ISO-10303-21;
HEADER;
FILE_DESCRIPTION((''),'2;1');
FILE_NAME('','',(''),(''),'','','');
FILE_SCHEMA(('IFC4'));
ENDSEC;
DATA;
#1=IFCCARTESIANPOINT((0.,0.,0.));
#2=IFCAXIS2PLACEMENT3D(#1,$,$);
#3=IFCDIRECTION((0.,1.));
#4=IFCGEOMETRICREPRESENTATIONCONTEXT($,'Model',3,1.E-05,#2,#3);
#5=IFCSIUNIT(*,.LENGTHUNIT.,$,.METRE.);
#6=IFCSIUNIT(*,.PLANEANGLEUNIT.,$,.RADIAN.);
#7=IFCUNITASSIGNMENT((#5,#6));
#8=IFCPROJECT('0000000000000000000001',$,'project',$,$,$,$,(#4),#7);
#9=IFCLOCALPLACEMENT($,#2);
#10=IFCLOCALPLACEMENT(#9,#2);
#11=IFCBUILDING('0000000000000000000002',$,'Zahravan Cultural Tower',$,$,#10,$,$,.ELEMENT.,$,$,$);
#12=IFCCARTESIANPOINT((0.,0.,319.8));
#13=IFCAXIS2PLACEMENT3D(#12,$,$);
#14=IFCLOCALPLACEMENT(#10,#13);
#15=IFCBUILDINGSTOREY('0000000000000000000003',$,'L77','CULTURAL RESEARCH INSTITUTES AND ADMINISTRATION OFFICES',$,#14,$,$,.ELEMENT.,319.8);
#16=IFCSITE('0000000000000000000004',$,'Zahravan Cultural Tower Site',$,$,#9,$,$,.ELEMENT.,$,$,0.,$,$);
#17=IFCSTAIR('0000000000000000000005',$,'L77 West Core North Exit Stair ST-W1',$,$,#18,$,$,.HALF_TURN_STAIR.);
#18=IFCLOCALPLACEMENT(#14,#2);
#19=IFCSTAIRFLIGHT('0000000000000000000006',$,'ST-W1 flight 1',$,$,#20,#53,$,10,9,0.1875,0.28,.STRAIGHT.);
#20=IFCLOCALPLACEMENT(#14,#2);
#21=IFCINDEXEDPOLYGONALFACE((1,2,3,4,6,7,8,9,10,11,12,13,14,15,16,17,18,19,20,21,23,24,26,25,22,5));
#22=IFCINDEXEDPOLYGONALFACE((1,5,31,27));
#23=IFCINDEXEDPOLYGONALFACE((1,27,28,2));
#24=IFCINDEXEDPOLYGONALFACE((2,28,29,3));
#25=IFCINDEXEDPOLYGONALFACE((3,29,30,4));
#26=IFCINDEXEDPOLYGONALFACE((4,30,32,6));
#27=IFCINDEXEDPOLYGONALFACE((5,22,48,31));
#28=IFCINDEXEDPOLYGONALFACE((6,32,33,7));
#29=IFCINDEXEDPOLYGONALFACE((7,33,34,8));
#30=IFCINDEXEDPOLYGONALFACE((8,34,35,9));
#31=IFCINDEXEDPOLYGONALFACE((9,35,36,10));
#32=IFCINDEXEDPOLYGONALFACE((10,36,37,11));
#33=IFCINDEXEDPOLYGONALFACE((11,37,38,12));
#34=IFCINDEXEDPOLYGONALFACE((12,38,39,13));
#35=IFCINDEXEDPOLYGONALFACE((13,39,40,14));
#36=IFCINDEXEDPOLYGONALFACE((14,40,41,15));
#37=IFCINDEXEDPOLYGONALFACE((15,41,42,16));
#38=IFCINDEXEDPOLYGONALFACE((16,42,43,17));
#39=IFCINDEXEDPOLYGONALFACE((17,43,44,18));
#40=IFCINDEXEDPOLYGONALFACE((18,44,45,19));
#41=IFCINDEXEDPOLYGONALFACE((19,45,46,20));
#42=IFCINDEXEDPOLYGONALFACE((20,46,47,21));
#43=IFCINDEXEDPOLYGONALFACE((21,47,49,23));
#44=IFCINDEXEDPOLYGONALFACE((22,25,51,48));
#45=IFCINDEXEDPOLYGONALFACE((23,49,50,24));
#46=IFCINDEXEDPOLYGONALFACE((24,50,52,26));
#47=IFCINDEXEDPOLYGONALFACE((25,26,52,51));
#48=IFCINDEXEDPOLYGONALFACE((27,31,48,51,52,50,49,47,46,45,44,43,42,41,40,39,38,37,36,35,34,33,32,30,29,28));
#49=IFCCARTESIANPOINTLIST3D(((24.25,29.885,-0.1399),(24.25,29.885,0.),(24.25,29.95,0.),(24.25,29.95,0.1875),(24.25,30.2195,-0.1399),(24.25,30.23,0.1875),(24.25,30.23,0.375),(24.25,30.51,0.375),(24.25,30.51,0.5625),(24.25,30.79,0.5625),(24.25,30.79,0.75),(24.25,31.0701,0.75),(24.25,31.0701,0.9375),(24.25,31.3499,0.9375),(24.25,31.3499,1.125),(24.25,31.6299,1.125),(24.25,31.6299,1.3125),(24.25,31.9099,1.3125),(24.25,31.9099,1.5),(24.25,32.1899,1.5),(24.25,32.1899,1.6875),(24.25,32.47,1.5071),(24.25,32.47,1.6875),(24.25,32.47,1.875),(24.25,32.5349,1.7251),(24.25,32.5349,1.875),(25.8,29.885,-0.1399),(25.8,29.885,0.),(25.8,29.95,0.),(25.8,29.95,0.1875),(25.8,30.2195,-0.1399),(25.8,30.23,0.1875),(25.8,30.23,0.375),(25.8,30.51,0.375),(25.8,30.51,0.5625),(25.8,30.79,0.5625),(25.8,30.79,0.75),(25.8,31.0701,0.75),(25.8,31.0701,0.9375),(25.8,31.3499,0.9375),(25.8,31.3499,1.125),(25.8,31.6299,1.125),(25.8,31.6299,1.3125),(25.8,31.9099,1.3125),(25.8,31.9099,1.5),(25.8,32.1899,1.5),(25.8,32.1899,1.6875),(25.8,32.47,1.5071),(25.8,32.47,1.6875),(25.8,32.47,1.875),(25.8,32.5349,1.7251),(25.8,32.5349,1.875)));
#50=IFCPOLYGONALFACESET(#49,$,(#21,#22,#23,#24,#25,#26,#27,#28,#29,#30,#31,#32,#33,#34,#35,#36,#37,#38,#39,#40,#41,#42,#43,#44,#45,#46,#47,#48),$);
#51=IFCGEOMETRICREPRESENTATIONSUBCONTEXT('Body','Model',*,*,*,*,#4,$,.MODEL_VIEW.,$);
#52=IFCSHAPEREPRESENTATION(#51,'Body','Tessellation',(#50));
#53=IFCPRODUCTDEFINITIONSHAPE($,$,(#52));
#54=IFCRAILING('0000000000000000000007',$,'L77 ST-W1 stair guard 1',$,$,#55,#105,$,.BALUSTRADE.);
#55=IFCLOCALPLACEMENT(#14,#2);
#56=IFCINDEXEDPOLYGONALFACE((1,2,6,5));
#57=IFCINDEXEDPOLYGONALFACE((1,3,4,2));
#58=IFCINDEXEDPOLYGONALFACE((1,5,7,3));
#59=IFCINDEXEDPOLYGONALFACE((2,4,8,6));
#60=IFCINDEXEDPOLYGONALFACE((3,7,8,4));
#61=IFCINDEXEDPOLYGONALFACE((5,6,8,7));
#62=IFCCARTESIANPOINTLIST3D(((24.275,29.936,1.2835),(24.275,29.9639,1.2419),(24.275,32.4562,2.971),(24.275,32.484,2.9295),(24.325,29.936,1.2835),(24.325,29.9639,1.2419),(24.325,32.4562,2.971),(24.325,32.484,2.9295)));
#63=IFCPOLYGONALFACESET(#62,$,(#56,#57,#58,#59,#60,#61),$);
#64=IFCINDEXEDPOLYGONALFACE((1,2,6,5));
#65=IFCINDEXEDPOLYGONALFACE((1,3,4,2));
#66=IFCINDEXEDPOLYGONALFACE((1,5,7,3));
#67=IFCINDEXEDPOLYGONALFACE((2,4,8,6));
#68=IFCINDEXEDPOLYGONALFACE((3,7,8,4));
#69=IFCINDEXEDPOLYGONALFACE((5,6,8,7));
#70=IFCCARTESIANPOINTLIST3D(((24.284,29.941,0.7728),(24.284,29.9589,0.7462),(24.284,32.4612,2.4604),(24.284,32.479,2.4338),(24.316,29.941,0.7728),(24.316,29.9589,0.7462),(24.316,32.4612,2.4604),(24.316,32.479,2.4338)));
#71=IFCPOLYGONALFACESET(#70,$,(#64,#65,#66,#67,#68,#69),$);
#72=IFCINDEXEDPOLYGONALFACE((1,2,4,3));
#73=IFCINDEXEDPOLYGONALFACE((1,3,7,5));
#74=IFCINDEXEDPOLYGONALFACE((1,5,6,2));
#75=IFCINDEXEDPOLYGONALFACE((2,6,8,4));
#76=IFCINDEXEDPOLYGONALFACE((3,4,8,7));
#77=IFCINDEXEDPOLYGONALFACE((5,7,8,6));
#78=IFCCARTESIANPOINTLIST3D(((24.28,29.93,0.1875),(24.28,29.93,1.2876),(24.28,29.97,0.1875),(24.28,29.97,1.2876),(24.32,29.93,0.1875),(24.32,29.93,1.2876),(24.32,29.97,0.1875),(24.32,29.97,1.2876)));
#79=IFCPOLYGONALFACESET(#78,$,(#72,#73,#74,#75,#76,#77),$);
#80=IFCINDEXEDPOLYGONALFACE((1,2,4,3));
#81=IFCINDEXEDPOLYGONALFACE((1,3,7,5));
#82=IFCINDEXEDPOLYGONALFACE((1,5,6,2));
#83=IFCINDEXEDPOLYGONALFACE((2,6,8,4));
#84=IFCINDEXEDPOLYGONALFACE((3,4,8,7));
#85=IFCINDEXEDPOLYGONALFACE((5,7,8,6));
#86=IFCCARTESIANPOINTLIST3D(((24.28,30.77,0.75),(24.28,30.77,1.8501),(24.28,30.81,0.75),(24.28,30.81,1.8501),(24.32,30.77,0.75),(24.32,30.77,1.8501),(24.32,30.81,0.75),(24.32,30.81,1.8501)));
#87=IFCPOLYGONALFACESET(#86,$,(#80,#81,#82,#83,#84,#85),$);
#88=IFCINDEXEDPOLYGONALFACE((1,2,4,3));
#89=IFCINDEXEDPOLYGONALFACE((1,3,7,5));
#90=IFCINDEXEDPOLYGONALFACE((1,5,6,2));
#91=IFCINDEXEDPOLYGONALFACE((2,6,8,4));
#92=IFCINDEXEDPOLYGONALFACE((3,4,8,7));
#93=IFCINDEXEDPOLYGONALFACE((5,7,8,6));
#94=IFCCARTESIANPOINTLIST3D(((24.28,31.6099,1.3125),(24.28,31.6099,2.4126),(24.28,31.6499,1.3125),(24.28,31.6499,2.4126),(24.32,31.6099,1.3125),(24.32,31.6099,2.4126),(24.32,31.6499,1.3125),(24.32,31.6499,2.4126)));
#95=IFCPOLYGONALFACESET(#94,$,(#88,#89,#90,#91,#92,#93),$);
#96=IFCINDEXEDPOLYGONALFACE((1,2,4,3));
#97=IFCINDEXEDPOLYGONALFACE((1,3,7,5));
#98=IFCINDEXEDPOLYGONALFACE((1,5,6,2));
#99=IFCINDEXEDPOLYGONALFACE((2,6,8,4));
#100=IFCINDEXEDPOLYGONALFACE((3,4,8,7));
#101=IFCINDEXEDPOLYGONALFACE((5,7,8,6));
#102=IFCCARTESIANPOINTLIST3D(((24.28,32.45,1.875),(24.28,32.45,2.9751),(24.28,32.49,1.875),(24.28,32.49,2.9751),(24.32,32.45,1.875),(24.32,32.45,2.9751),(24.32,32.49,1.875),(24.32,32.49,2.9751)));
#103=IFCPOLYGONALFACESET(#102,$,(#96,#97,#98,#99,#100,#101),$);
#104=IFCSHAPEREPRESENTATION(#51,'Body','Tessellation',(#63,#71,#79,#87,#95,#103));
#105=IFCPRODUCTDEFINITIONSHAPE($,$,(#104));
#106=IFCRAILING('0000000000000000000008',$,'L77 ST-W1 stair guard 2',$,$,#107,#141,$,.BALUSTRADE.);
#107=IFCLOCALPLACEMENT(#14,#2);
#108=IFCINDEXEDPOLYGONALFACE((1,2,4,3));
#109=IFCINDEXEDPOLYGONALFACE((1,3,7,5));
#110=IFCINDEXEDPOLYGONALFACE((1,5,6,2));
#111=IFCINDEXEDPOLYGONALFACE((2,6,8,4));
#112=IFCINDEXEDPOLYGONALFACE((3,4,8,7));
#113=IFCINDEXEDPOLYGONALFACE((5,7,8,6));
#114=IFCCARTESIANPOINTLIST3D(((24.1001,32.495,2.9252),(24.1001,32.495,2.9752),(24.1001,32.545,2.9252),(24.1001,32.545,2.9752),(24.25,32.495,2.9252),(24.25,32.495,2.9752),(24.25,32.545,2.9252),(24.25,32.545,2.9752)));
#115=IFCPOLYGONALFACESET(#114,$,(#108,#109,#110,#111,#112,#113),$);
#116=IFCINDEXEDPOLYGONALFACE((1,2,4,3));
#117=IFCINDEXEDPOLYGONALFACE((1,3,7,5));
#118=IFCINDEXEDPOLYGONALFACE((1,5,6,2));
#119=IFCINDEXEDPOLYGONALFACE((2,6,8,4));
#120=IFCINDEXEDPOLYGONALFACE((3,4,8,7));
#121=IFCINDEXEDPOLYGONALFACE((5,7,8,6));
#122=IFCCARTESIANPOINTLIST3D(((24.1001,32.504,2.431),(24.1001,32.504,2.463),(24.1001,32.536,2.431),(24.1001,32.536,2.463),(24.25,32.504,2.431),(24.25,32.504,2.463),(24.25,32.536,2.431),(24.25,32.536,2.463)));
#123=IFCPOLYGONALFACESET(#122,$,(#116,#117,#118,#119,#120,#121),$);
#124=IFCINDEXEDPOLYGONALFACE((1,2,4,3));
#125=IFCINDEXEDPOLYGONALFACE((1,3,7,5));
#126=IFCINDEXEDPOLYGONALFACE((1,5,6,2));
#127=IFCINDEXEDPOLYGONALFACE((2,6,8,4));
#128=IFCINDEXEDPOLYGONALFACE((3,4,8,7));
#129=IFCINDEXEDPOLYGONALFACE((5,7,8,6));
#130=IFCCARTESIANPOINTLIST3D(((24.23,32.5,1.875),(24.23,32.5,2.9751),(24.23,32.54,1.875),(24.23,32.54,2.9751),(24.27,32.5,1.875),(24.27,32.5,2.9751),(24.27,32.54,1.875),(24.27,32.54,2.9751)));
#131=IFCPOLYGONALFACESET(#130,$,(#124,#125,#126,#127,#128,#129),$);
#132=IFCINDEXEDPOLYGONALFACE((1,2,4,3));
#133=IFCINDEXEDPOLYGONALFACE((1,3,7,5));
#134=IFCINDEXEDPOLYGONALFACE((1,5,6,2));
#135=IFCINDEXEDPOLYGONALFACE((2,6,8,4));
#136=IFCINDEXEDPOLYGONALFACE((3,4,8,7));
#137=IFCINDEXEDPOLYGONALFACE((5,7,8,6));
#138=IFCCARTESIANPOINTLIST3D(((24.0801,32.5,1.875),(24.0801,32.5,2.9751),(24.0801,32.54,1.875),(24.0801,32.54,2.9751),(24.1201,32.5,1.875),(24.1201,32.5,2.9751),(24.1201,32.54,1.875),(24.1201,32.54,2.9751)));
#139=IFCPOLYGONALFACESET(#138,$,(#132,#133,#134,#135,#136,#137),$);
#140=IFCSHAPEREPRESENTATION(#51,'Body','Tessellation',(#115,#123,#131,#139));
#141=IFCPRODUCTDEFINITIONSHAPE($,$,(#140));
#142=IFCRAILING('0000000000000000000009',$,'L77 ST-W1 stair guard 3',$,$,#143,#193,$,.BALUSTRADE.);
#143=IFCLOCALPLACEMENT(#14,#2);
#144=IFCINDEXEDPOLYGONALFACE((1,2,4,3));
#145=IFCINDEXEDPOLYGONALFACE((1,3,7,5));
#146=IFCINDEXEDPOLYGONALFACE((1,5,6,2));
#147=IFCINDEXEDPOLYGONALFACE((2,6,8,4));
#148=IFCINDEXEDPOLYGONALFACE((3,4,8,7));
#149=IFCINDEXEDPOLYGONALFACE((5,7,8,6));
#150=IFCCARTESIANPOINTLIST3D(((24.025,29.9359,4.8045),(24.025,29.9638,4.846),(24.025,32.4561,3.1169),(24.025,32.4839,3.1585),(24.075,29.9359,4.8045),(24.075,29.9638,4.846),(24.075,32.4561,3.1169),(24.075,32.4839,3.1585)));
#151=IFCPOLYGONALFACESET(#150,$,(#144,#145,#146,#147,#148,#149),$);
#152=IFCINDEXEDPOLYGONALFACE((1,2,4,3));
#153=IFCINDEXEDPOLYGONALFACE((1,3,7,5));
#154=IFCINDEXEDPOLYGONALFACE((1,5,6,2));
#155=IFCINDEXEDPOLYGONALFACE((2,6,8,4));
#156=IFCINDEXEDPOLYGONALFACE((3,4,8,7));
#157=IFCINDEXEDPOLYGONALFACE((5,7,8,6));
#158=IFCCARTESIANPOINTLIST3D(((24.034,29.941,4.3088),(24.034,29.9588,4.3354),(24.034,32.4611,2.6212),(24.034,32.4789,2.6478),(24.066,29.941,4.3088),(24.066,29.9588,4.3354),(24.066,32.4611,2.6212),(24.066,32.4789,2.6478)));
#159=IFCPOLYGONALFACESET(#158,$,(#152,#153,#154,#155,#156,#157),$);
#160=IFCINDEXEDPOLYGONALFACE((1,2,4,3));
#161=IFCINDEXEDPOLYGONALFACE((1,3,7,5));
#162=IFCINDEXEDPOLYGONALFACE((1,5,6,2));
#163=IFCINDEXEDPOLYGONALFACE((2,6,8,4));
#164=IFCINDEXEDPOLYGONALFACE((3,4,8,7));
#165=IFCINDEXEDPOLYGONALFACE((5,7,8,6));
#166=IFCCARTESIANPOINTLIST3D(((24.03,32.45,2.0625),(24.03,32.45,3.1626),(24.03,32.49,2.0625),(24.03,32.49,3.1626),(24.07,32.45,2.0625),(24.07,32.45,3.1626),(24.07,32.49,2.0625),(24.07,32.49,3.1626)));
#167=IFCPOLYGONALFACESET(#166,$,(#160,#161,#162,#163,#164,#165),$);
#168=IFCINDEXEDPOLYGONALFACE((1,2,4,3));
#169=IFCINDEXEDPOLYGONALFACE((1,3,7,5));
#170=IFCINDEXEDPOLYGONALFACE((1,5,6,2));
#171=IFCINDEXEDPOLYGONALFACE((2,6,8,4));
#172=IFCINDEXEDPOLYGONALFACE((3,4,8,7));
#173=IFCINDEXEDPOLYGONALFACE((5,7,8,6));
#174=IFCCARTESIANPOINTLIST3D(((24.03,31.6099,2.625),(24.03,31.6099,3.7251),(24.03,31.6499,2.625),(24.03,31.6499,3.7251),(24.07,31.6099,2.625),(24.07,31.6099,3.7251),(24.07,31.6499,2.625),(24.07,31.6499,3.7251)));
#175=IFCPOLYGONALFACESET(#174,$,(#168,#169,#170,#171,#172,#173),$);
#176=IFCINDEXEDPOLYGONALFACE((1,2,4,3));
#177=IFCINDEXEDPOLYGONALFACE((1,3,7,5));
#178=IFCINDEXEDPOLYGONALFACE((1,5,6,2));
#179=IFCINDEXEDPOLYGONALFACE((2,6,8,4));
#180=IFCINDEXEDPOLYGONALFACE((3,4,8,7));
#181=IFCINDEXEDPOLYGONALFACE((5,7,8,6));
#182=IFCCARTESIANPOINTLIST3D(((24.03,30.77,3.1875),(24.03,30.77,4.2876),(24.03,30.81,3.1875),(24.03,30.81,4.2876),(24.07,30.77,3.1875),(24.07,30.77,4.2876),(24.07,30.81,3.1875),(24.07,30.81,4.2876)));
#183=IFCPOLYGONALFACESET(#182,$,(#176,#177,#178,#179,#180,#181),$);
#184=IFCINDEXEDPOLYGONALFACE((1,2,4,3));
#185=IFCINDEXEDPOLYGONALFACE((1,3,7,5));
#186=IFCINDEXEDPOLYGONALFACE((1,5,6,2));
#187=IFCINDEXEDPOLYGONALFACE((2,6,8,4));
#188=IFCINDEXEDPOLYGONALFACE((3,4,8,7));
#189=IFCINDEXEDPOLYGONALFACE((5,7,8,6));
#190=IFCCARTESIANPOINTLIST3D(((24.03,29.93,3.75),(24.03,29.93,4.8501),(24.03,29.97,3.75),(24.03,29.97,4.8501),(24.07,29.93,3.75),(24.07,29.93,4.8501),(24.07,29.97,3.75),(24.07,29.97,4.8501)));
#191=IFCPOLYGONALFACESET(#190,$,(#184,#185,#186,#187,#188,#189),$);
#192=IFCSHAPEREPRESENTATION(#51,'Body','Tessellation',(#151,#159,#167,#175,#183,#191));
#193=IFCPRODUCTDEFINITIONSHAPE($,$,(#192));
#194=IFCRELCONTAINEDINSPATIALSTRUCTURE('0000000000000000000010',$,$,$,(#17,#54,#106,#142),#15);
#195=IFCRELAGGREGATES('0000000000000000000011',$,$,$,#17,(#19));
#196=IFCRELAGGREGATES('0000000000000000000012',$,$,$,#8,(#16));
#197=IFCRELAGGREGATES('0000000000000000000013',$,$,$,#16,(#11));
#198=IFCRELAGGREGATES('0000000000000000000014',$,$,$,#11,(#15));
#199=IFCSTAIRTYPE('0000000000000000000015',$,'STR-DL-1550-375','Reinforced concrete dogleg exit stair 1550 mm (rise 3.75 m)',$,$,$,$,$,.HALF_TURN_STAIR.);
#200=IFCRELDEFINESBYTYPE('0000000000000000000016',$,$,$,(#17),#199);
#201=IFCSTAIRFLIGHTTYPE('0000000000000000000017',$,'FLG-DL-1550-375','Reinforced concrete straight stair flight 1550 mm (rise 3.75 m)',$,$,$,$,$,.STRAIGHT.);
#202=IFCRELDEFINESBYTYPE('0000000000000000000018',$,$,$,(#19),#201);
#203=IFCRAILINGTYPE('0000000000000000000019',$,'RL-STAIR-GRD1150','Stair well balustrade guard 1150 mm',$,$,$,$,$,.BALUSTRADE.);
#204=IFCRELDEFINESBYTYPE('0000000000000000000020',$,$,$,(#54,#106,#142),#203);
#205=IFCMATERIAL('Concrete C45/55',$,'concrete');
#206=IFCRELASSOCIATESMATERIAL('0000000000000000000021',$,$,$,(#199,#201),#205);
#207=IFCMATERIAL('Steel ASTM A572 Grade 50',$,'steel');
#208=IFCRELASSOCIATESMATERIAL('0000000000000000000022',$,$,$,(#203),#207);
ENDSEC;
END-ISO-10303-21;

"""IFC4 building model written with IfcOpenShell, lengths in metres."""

from ifc_helpers import new_model, si_unit, direction, frame, origin, origin_2d, place, context, subcontext, project, spatial, polyline, rectangle, outline, extrude, material, type_object, element, aggregate, save


model = new_model("IFC4")

# Units and contexts
model_context = context("Model", 3, precision=1e-05, world=origin(), true_north=direction((0.0, 1.0)))
body_context = subcontext(model_context, "Body", "Model", "MODEL_VIEW")
ifc_project = project(units=[si_unit("LENGTHUNIT", "METRE"), si_unit("PLANEANGLEUNIT", "RADIAN")], contexts=[model_context])

# Site, building, storey
site_placement = place(None, origin())
site = spatial("IfcSite", under=ifc_project, at=site_placement, Name="Zahravan Cultural Tower Site", CompositionType="ELEMENT", RefElevation=0.0)
building_placement = place(site_placement, origin())
building = spatial("IfcBuilding", under=site, at=building_placement, Name="Zahravan Cultural Tower", CompositionType="ELEMENT")
storey_placement = place(building_placement, frame((0.0, 0.0, 319.8)))
storey = spatial("IfcBuildingStorey", under=building, at=storey_placement, Name="L77", Description="CULTURAL RESEARCH INSTITUTES AND ADMINISTRATION OFFICES", CompositionType="ELEMENT", Elevation=319.8)

# Shared definitions
ifc_material_1 = material(Name="Steel ASTM A572 Grade 50", Category="steel")

# Shared definitions
ifc_material_2 = material(Name="Concrete C45/55", Category="concrete")

# Stair, stair flight
stair_type = type_object("IfcStairType", Name="STR-DL-1550-375", Description="Reinforced concrete dogleg exit stair 1550 mm (rise 3.75 m)", PredefinedType="HALF_TURN_STAIR", material=ifc_material_2)
stair_placement = place(storey_placement, origin())
stair = element("IfcStair", 1, at=stair_placement, inside=storey, type_object=stair_type, Name="L77 West Core North Exit Stair ST-W1", PredefinedType="HALF_TURN_STAIR")
stair_flight_type = type_object("IfcStairFlightType", Name="FLG-DL-1550-375", Description="Reinforced concrete straight stair flight 1550 mm (rise 3.75 m)", PredefinedType="STRAIGHT", material=ifc_material_2)
stair_flight_placement = place(storey_placement, frame((25.0249, 29.95, 0.0), z_axis=(0.0, 0.0, 1.0), x_axis=(0.0, 1.0, 0.0)))
stair_flight = element("IfcStairFlight", 2, at=stair_flight_placement, type_object=stair_flight_type, Name="ST-W1 flight 1", NumberOfRisers=10, NumberOfTreads=9, PredefinedType="STRAIGHT", RiserHeight=0.1875, TreadLength=0.28, context=body_context, shape_type="SweptSolid", body=[
    extrude(outline(polyline([(-0.0649, -0.1399), (-0.0649, 0.0), (0.0, 0.0), (0.0, 0.1875), (0.28, 0.1875), (0.28, 0.375), (0.5601, 0.375), (0.5601, 0.5625), (0.8401, 0.5625), (0.8401, 0.75), (1.1201, 0.75), (1.1201, 0.9375), (1.3999, 0.9375), (1.3999, 1.125), (1.6799, 1.125), (1.6799, 1.3125), (1.96, 1.3125), (1.96, 1.5), (2.24, 1.5), (2.24, 1.6875), (2.52, 1.6875), (2.52, 1.875), (2.585, 1.875), (2.585, 1.7251), (2.52, 1.5071), (0.2695, -0.1399), (-0.0649, -0.1399)])), frame((0.0, 0.7749, 0.0), z_axis=(0.0, -1.0, 0.0), x_axis=(1.0, 0.0, 0.0)), (0.0, 0.0, 1.0), 1.55),
])
aggregate(stair, [stair_flight])

# Railings
railing_type_1 = type_object("IfcRailingType", Name="RL-STAIR-GRD1150", Description="Stair well balustrade guard 1150 mm", PredefinedType="BALUSTRADE", material=ifc_material_1)
railing_1_placement = place(storey_placement, frame((24.3, 29.95, 0.1875)))
element("IfcRailing", 3, at=railing_1_placement, inside=storey, type_object=railing_type_1, Name="L77 ST-W1 stair guard 1", PredefinedType="BALUSTRADE", context=body_context, shape_type="SweptSolid", body=[
    extrude(rectangle(XDim=0.05, YDim=0.05, at=origin_2d()), frame((0.0, 0.0, 1.0752), z_axis=(0.0, 0.830909, 0.556408), x_axis=(-1.0, 0.0, 0.0)), (0.0, 0.0, 1.0), 3.033),
    extrude(rectangle(XDim=0.032, YDim=0.032, at=origin_2d()), frame((0.0, 0.0, 0.572), z_axis=(0.0, 0.830909, 0.556408), x_axis=(-1.0, 0.0, 0.0)), (0.0, 0.0, 1.0), 3.033),
    extrude(rectangle(XDim=0.04, YDim=0.04, at=origin_2d()), origin(), (0.0, 0.0, 1.0), 1.1001),
    extrude(rectangle(XDim=0.04, YDim=0.04, at=origin_2d()), frame((0.0, 0.8401, 0.5625)), (0.0, 0.0, 1.0), 1.1001),
    extrude(rectangle(XDim=0.04, YDim=0.04, at=origin_2d()), frame((0.0, 1.6799, 1.125)), (0.0, 0.0, 1.0), 1.1001),
    extrude(rectangle(XDim=0.04, YDim=0.04, at=origin_2d()), frame((0.0, 2.52, 1.6875)), (0.0, 0.0, 1.0), 1.1001),
])
railing_2_placement = place(storey_placement, frame((24.25, 32.52, 1.875)))
element("IfcRailing", 4, at=railing_2_placement, inside=storey, type_object=railing_type_1, Name="L77 ST-W1 stair guard 2", PredefinedType="BALUSTRADE", context=body_context, shape_type="SweptSolid", body=[
    extrude(rectangle(XDim=0.05, YDim=0.05, at=origin_2d()), frame((0.0, 0.0, 1.0752), z_axis=(-1.0, 0.0, 0.0), x_axis=(0.0, -1.0, 0.0)), (0.0, 0.0, 1.0), 0.1499),
    extrude(rectangle(XDim=0.032, YDim=0.032, at=origin_2d()), frame((0.0, 0.0, 0.572), z_axis=(-1.0, 0.0, 0.0), x_axis=(0.0, -1.0, 0.0)), (0.0, 0.0, 1.0), 0.1499),
    extrude(rectangle(XDim=0.04, YDim=0.04, at=origin_2d()), origin(), (0.0, 0.0, 1.0), 1.1001),
    extrude(rectangle(XDim=0.04, YDim=0.04, at=origin_2d()), frame((-0.1499, 0.0, 0.0)), (0.0, 0.0, 1.0), 1.1001),
])
railing_3_placement = place(storey_placement, frame((24.05, 32.47, 2.0625)))
element("IfcRailing", 5, at=railing_3_placement, inside=storey, type_object=railing_type_1, Name="L77 ST-W1 stair guard 3", PredefinedType="BALUSTRADE", context=body_context, shape_type="SweptSolid", body=[
    extrude(rectangle(XDim=0.05, YDim=0.05, at=origin_2d()), frame((0.0, 0.0, 1.0752), z_axis=(0.0, -0.830909, 0.556408), x_axis=(1.0, 0.0, 0.0)), (0.0, 0.0, 1.0), 3.033),
    extrude(rectangle(XDim=0.032, YDim=0.032, at=origin_2d()), frame((0.0, 0.0, 0.572), z_axis=(0.0, -0.830909, 0.556408), x_axis=(1.0, 0.0, 0.0)), (0.0, 0.0, 1.0), 3.033),
    extrude(rectangle(XDim=0.04, YDim=0.04, at=origin_2d()), origin(), (0.0, 0.0, 1.0), 1.1001),
    extrude(rectangle(XDim=0.04, YDim=0.04, at=origin_2d()), frame((0.0, -0.8401, 0.5625)), (0.0, 0.0, 1.0), 1.1001),
    extrude(rectangle(XDim=0.04, YDim=0.04, at=origin_2d()), frame((0.0, -1.6799, 1.125)), (0.0, 0.0, 1.0), 1.1001),
    extrude(rectangle(XDim=0.04, YDim=0.04, at=origin_2d()), frame((0.0, -2.52, 1.6875)), (0.0, 0.0, 1.0), 1.1001),
])

save(model, "model.ifc")
